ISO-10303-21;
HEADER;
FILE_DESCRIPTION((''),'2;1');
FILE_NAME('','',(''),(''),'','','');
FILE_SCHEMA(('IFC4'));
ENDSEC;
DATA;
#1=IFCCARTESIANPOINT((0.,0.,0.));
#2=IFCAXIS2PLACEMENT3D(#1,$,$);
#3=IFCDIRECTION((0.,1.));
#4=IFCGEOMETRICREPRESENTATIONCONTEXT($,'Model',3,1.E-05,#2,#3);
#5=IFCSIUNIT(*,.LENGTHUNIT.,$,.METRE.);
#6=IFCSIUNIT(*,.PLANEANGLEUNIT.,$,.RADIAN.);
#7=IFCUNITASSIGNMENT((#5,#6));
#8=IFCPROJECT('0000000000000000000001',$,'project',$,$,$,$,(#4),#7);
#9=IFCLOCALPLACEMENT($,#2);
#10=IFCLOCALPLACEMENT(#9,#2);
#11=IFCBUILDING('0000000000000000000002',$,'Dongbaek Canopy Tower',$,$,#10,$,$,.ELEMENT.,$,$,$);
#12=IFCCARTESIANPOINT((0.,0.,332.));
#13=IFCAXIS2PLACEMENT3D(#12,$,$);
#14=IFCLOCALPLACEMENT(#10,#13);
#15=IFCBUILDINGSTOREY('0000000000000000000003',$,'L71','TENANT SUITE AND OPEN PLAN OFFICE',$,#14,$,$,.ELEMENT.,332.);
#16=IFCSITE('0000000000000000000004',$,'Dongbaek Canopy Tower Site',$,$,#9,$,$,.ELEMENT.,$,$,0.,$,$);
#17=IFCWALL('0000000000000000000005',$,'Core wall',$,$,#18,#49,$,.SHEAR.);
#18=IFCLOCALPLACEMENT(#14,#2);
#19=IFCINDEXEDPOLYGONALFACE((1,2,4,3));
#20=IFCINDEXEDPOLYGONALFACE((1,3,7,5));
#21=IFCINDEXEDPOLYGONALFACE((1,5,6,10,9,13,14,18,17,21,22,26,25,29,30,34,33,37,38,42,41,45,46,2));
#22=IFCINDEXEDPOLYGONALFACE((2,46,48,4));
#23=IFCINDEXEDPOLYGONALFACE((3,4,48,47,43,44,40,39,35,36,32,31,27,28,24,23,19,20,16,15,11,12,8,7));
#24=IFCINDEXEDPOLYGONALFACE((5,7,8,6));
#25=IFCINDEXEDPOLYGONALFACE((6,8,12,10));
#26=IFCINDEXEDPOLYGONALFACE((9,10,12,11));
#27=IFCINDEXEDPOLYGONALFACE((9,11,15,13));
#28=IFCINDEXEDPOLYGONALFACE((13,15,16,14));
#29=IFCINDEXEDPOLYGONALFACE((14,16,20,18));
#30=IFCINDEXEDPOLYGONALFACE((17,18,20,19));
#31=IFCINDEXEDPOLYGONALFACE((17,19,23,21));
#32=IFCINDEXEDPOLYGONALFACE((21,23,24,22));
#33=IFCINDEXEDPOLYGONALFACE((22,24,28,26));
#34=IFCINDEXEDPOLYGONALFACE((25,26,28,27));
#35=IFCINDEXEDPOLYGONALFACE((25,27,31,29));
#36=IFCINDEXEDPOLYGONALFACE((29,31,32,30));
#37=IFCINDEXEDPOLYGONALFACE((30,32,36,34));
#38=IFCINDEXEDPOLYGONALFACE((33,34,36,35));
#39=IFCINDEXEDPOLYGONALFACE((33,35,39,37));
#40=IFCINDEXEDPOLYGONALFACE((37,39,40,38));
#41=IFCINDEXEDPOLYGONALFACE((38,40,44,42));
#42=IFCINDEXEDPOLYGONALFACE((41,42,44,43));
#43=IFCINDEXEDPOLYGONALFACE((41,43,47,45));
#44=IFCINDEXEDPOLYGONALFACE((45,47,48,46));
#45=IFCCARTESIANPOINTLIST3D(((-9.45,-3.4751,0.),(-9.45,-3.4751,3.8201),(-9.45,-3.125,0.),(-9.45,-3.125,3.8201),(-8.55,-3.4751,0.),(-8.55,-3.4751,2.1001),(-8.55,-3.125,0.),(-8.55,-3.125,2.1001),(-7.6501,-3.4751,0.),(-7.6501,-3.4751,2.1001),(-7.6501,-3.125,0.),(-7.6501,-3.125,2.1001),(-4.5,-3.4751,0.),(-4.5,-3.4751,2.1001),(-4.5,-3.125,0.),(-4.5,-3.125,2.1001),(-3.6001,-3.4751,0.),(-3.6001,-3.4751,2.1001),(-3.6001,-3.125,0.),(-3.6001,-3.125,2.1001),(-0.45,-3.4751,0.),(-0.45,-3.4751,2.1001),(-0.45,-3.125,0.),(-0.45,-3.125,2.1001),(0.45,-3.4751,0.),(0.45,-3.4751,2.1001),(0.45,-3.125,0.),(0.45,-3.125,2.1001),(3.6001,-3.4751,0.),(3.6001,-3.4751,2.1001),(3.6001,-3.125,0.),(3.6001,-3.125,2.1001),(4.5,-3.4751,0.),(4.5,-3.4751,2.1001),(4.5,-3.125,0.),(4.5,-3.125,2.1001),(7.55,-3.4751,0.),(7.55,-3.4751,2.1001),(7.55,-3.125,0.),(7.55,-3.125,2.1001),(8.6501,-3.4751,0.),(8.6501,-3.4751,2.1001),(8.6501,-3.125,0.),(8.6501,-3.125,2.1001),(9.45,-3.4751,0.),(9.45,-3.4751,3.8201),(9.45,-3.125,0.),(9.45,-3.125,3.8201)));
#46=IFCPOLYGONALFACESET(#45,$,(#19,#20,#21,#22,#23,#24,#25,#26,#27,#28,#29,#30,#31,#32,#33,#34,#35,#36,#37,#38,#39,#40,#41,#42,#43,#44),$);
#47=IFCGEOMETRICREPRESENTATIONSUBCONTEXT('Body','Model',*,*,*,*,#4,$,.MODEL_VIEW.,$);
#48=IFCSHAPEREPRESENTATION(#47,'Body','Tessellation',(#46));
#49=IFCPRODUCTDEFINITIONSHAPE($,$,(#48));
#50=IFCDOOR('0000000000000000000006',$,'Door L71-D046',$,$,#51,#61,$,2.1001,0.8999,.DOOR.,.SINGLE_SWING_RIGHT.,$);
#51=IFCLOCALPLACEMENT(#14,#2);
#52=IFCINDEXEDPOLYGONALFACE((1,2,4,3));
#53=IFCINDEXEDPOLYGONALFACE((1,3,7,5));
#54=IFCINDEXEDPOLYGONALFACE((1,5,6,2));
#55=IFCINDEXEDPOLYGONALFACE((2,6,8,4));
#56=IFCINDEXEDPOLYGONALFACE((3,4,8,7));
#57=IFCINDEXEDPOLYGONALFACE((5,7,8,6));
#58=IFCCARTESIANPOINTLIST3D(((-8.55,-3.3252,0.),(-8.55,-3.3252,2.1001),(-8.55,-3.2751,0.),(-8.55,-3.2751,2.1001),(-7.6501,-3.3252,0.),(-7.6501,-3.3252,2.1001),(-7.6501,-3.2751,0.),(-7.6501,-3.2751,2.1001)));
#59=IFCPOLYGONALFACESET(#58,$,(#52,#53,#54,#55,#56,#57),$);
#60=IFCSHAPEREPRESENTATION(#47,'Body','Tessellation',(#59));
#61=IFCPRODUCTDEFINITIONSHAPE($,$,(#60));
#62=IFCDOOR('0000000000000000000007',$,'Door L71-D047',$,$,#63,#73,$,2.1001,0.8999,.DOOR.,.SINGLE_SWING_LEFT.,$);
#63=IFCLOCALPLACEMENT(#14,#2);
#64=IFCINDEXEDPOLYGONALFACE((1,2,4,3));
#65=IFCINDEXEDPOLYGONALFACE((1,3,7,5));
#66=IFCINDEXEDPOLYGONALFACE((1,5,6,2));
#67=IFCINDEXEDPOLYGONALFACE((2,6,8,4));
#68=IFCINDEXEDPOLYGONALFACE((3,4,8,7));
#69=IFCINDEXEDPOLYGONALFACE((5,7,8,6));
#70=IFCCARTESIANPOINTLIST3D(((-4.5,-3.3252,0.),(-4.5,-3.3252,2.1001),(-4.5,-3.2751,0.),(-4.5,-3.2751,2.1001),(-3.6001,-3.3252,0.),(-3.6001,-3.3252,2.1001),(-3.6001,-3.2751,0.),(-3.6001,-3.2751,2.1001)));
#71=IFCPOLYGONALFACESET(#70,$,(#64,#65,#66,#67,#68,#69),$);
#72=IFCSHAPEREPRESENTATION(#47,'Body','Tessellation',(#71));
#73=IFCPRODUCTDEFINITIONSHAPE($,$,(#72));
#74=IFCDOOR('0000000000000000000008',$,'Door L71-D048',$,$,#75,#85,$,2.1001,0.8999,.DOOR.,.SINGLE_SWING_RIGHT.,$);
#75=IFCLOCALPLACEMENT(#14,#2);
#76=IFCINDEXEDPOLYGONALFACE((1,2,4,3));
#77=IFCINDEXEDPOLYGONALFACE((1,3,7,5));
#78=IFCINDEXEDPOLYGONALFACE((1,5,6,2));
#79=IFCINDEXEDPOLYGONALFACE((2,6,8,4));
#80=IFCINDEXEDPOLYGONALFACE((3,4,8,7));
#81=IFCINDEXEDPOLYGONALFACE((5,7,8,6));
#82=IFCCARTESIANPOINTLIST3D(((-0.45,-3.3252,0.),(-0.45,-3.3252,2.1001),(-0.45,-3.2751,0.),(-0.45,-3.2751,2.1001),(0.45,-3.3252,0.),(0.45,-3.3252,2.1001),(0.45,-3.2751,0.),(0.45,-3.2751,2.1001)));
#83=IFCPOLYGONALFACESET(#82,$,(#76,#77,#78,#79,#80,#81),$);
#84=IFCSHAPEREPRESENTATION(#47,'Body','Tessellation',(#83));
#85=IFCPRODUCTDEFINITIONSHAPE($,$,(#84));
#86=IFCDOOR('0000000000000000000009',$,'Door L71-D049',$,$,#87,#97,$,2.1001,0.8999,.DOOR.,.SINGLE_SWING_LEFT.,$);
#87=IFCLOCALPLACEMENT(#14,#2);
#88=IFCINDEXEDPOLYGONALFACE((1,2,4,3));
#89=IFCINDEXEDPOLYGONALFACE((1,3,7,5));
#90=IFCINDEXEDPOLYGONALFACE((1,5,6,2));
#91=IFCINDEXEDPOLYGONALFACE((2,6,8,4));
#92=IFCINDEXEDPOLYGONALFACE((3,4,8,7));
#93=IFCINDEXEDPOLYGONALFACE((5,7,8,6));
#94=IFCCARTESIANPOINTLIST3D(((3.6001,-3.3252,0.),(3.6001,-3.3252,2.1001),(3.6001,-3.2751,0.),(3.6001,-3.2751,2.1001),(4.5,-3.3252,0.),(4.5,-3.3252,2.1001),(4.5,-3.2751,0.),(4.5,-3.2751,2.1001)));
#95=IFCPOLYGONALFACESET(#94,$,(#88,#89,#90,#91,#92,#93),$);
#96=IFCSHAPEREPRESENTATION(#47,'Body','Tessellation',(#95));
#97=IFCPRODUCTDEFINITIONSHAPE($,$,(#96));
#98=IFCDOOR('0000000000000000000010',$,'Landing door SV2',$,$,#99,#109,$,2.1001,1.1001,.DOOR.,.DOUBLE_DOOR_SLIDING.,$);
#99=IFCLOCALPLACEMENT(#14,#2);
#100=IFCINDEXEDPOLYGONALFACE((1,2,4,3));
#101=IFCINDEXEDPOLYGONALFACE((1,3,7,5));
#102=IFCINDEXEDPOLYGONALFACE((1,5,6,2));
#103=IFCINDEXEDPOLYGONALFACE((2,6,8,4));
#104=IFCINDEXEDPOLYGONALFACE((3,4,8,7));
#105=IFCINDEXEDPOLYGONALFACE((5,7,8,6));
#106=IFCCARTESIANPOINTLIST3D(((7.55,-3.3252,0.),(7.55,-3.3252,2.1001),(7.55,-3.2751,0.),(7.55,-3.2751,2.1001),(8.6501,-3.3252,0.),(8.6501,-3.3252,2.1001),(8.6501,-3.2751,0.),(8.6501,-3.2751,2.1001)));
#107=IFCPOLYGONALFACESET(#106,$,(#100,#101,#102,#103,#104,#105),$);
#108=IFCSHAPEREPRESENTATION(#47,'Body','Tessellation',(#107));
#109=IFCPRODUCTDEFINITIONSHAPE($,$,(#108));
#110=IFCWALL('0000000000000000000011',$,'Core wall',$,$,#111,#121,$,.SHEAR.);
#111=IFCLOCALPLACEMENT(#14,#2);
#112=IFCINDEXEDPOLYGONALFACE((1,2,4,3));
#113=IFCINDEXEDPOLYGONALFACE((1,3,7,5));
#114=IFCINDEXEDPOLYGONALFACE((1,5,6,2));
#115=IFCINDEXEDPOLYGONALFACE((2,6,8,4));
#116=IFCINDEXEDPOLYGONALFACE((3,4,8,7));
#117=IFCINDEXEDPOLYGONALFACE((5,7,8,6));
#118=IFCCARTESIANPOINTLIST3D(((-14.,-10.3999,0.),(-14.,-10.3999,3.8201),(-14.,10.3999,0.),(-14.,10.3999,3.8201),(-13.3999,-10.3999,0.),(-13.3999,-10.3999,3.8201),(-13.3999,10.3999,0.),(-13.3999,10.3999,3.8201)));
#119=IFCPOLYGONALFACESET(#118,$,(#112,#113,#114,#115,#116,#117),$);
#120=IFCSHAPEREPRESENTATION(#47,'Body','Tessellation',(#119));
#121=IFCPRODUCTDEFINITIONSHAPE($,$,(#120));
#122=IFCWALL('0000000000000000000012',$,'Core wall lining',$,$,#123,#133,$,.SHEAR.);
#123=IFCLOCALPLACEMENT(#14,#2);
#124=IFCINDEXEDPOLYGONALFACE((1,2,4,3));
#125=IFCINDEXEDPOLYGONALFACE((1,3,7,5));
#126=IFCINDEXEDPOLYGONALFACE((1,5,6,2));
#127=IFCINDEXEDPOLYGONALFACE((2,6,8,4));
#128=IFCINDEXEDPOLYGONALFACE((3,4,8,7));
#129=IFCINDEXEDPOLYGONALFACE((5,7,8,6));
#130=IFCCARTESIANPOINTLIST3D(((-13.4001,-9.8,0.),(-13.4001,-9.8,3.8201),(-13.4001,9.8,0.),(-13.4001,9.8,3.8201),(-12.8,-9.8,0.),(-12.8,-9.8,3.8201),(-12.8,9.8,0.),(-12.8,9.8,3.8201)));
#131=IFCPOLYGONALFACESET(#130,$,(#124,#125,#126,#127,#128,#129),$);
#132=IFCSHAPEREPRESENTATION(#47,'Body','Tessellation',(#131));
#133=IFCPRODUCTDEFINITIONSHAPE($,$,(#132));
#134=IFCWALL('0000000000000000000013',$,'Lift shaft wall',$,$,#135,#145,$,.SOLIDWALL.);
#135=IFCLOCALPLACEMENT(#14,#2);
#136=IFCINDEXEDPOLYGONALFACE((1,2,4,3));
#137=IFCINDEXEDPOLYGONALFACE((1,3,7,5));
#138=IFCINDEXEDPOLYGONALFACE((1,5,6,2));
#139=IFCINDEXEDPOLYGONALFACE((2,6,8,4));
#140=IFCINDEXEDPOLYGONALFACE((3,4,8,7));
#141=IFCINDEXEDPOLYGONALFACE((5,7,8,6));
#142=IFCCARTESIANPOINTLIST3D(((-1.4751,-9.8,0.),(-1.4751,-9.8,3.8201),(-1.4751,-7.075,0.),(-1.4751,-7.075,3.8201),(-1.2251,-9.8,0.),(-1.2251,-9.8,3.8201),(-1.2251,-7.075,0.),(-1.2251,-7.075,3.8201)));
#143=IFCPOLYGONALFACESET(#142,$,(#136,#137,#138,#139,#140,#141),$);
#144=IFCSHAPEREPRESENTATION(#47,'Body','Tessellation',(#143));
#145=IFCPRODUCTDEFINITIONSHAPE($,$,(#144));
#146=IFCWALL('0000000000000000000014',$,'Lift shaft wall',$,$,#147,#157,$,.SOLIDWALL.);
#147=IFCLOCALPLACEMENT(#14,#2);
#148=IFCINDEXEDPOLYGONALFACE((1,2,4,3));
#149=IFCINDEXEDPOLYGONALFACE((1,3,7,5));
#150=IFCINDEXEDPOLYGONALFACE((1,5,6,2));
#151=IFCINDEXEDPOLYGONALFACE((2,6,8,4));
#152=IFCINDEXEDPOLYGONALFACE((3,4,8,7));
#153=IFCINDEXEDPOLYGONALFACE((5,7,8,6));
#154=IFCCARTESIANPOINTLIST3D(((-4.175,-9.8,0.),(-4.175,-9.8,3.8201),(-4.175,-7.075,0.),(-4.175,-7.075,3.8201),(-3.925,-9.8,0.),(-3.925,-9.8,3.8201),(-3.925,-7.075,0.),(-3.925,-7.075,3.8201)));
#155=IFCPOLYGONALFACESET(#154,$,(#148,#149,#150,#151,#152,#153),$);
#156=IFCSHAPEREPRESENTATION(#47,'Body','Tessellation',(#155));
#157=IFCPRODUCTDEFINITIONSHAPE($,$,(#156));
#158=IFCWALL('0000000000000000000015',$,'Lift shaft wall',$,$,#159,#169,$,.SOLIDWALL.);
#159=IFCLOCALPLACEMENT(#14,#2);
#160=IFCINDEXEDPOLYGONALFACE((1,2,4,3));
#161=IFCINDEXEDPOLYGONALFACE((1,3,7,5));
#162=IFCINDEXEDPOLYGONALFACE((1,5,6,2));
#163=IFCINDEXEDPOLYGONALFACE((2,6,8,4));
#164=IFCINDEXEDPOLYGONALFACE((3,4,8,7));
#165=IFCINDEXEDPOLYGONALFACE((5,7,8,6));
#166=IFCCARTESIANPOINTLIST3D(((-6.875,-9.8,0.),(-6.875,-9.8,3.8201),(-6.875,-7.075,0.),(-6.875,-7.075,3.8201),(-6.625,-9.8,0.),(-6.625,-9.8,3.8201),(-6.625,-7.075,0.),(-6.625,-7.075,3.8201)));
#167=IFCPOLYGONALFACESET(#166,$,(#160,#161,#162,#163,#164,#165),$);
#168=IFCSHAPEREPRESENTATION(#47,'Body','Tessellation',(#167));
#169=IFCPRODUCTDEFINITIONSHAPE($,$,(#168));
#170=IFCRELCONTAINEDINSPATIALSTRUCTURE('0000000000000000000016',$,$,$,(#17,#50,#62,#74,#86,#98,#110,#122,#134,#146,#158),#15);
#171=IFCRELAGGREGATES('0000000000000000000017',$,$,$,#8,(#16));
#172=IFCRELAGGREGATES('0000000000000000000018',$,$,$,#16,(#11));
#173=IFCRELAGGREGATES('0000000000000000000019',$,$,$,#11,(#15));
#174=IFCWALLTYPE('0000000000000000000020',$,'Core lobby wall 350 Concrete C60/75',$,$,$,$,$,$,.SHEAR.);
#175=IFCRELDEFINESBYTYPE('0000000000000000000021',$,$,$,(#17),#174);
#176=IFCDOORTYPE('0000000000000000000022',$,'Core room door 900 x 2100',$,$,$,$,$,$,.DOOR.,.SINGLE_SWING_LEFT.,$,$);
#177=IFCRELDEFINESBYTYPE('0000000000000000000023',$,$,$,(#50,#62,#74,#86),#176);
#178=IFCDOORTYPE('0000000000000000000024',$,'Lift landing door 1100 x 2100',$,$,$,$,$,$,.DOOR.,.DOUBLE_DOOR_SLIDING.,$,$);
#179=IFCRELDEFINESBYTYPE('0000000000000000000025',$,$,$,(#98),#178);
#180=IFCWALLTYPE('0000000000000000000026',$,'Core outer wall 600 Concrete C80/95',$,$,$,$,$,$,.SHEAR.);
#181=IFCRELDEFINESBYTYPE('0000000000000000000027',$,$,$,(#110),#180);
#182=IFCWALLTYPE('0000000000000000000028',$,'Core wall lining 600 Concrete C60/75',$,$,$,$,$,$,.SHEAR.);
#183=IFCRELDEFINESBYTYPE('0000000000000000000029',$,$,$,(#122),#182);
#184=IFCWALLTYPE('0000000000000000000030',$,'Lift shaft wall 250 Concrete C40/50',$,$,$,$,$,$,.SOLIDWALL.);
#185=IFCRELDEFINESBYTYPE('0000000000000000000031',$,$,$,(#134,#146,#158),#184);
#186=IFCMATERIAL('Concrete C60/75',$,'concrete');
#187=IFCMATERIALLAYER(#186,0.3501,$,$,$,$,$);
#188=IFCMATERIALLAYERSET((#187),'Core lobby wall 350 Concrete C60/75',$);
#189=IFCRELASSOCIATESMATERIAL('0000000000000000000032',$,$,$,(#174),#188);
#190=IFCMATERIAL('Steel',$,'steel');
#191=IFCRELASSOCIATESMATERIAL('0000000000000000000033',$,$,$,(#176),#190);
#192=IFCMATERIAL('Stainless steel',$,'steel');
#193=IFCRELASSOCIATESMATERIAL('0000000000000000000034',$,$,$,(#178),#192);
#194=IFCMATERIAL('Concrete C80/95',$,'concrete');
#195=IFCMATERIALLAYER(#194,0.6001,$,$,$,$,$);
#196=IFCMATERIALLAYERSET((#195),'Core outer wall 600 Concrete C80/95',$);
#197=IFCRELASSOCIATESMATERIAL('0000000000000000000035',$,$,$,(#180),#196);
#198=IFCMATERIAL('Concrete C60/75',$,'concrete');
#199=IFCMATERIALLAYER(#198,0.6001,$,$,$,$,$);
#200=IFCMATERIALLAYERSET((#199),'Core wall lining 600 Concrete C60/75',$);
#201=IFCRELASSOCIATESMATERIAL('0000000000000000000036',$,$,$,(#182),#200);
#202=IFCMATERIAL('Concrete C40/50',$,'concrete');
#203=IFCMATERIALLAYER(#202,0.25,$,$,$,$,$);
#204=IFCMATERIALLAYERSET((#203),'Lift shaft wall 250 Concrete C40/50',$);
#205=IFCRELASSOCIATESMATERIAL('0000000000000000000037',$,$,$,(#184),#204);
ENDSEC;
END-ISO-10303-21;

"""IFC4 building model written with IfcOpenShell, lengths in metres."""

from ifc_helpers import new_model, si_unit, direction, frame, frame_2d, origin, place, context, subcontext, project, spatial, rectangle, extrude, material, layer, layer_set, type_object, element, fill, save


model = new_model("IFC4")

# Units and contexts
model_context = context("Model", 3, precision=1e-05, world=origin(), true_north=direction((0.0, 1.0)))
body_context = subcontext(model_context, "Body", "Model", "MODEL_VIEW")
ifc_project = project(units=[si_unit("LENGTHUNIT", "METRE"), si_unit("PLANEANGLEUNIT", "RADIAN")], contexts=[model_context])

# Site, building, storey
site_placement = place(None, origin())
site = spatial("IfcSite", under=ifc_project, at=site_placement, Name="Dongbaek Canopy Tower Site", CompositionType="ELEMENT", RefElevation=0.0)
building_placement = place(site_placement, origin())
building = spatial("IfcBuilding", under=site, at=building_placement, Name="Dongbaek Canopy Tower", CompositionType="ELEMENT")
storey_placement = place(building_placement, frame((0.0, 0.0, 332.0)))
storey = spatial("IfcBuildingStorey", under=building, at=storey_placement, Name="L71", Description="TENANT SUITE AND OPEN PLAN OFFICE", CompositionType="ELEMENT", Elevation=332.0)

# Wall, openings, doors
ifc_material_1 = material(Name="Concrete C60/75", Category="concrete")
ifc_layer_1 = layer(ifc_material_1, 0.3501)
ifc_layer_set_1 = layer_set([ifc_layer_1], Name="Core lobby wall 350 Concrete C60/75")
wall_type_1 = type_object("IfcWallType", Name="Core lobby wall 350 Concrete C60/75", PredefinedType="SHEAR", material=ifc_layer_set_1)
wall_1_placement = place(storey_placement, frame((-9.45, -3.3, 0.0), z_axis=(0.0, 0.0, 1.0), x_axis=(1.0, 0.0, 0.0)))
wall_1 = element("IfcWall", 1, at=wall_1_placement, inside=storey, type_object=wall_type_1, Name="Core wall", PredefinedType="SHEAR", context=body_context, shape_type="SweptSolid", body=[
    extrude(rectangle(XDim=18.8999, YDim=0.3501, at=frame_2d((9.45, 0.0))), origin(), (0.0, 0.0, 1.0), 3.8201),
])
opening_1_placement = place(wall_1_placement, frame((17.0, 0.0, 0.0)))
opening_1 = element("IfcOpeningElement", 2, at=opening_1_placement, cuts=wall_1, PredefinedType="OPENING", context=body_context, shape_type="SweptSolid", body=[
    extrude(rectangle(XDim=1.1001, YDim=2.1001, at=frame_2d((0.55, 1.05))), frame((0.0, 0.1851, 0.0), z_axis=(0.0, -1.0, 0.0), x_axis=(1.0, 0.0, 0.0)), (0.0, 0.0, 1.0), 0.3701),
])
opening_2_placement = place(wall_1_placement, frame((0.8999, 0.0, 0.0)))
opening_2 = element("IfcOpeningElement", 3, at=opening_2_placement, cuts=wall_1, PredefinedType="OPENING", context=body_context, shape_type="SweptSolid", body=[
    extrude(rectangle(XDim=0.8999, YDim=2.1001, at=frame_2d((0.45, 1.05))), frame((0.0, 0.1851, 0.0), z_axis=(0.0, -1.0, 0.0), x_axis=(1.0, 0.0, 0.0)), (0.0, 0.0, 1.0), 0.3701),
])
opening_3_placement = place(wall_1_placement, frame((4.95, 0.0, 0.0)))
opening_3 = element("IfcOpeningElement", 4, at=opening_3_placement, cuts=wall_1, PredefinedType="OPENING", context=body_context, shape_type="SweptSolid", body=[
    extrude(rectangle(XDim=0.8999, YDim=2.1001, at=frame_2d((0.45, 1.05))), frame((0.0, 0.1851, 0.0), z_axis=(0.0, -1.0, 0.0), x_axis=(1.0, 0.0, 0.0)), (0.0, 0.0, 1.0), 0.3701),
])
opening_4_placement = place(wall_1_placement, frame((9.0, 0.0, 0.0)))
opening_4 = element("IfcOpeningElement", 5, at=opening_4_placement, cuts=wall_1, PredefinedType="OPENING", context=body_context, shape_type="SweptSolid", body=[
    extrude(rectangle(XDim=0.8999, YDim=2.1001, at=frame_2d((0.45, 1.05))), frame((0.0, 0.1851, 0.0), z_axis=(0.0, -1.0, 0.0), x_axis=(1.0, 0.0, 0.0)), (0.0, 0.0, 1.0), 0.3701),
])
opening_5_placement = place(wall_1_placement, frame((13.05, 0.0, 0.0)))
opening_5 = element("IfcOpeningElement", 6, at=opening_5_placement, cuts=wall_1, PredefinedType="OPENING", context=body_context, shape_type="SweptSolid", body=[
    extrude(rectangle(XDim=0.8999, YDim=2.1001, at=frame_2d((0.45, 1.05))), frame((0.0, 0.1851, 0.0), z_axis=(0.0, -1.0, 0.0), x_axis=(1.0, 0.0, 0.0)), (0.0, 0.0, 1.0), 0.3701),
])
ifc_material_2 = material(Name="Steel", Category="steel")
door_type_1 = type_object("IfcDoorType", Name="Core room door 900 x 2100", OperationType="SINGLE_SWING_LEFT", PredefinedType="DOOR", material=ifc_material_2)
door_1_placement = place(opening_2_placement, origin())
door_1 = element("IfcDoor", 7, at=door_1_placement, inside=storey, type_object=door_type_1, Name="Door L71-D046", OperationType="SINGLE_SWING_RIGHT", OverallHeight=2.1001, OverallWidth=0.8999, PredefinedType="DOOR", context=body_context, shape_type="SweptSolid", body=[
    extrude(rectangle(XDim=0.8999, YDim=2.1001, at=frame_2d((0.45, 1.05))), frame((0.0, 0.0249, 0.0), z_axis=(0.0, -1.0, 0.0), x_axis=(1.0, 0.0, 0.0)), (0.0, 0.0, 1.0), 0.05),
])
fill(opening_2, door_1)
door_2_placement = place(opening_3_placement, origin())
door_2 = element("IfcDoor", 8, at=door_2_placement, inside=storey, type_object=door_type_1, Name="Door L71-D047", OperationType="SINGLE_SWING_LEFT", OverallHeight=2.1001, OverallWidth=0.8999, PredefinedType="DOOR", context=body_context, shape_type="SweptSolid", body=[
    extrude(rectangle(XDim=0.8999, YDim=2.1001, at=frame_2d((0.45, 1.05))), frame((0.0, 0.0249, 0.0), z_axis=(0.0, -1.0, 0.0), x_axis=(1.0, 0.0, 0.0)), (0.0, 0.0, 1.0), 0.05),
])
fill(opening_3, door_2)
door_3_placement = place(opening_4_placement, origin())
door_3 = element("IfcDoor", 9, at=door_3_placement, inside=storey, type_object=door_type_1, Name="Door L71-D048", OperationType="SINGLE_SWING_RIGHT", OverallHeight=2.1001, OverallWidth=0.8999, PredefinedType="DOOR", context=body_context, shape_type="SweptSolid", body=[
    extrude(rectangle(XDim=0.8999, YDim=2.1001, at=frame_2d((0.45, 1.05))), frame((0.0, 0.0249, 0.0), z_axis=(0.0, -1.0, 0.0), x_axis=(1.0, 0.0, 0.0)), (0.0, 0.0, 1.0), 0.05),
])
fill(opening_4, door_3)
door_4_placement = place(opening_5_placement, origin())
door_4 = element("IfcDoor", 10, at=door_4_placement, inside=storey, type_object=door_type_1, Name="Door L71-D049", OperationType="SINGLE_SWING_LEFT", OverallHeight=2.1001, OverallWidth=0.8999, PredefinedType="DOOR", context=body_context, shape_type="SweptSolid", body=[
    extrude(rectangle(XDim=0.8999, YDim=2.1001, at=frame_2d((0.45, 1.05))), frame((0.0, 0.0249, 0.0), z_axis=(0.0, -1.0, 0.0), x_axis=(1.0, 0.0, 0.0)), (0.0, 0.0, 1.0), 0.05),
])
fill(opening_5, door_4)
ifc_material_3 = material(Name="Stainless steel", Category="steel")
door_type_2 = type_object("IfcDoorType", Name="Lift landing door 1100 x 2100", OperationType="DOUBLE_DOOR_SLIDING", PredefinedType="DOOR", material=ifc_material_3)
door_5_placement = place(opening_1_placement, origin())
door_5 = element("IfcDoor", 11, at=door_5_placement, inside=storey, type_object=door_type_2, Name="Landing door SV2", OperationType="DOUBLE_DOOR_SLIDING", OverallHeight=2.1001, OverallWidth=1.1001, PredefinedType="DOOR", context=body_context, shape_type="SweptSolid", body=[
    extrude(rectangle(XDim=1.1001, YDim=2.1001, at=frame_2d((0.55, 1.05))), frame((0.0, 0.0249, 0.0), z_axis=(0.0, -1.0, 0.0), x_axis=(1.0, 0.0, 0.0)), (0.0, 0.0, 1.0), 0.05),
])
fill(opening_1, door_5)

# Walls
ifc_material_4 = material(Name="Concrete C80/95", Category="concrete")
ifc_layer_2 = layer(ifc_material_4, 0.6001)
ifc_layer_set_2 = layer_set([ifc_layer_2], Name="Core outer wall 600 Concrete C80/95")
wall_type_2 = type_object("IfcWallType", Name="Core outer wall 600 Concrete C80/95", PredefinedType="SHEAR", material=ifc_layer_set_2)
wall_2_placement = place(storey_placement, frame((-13.7, -10.3999, 0.0), z_axis=(0.0, 0.0, 1.0), x_axis=(0.0, 1.0, 0.0)))
element("IfcWall", 12, at=wall_2_placement, inside=storey, type_object=wall_type_2, Name="Core wall", PredefinedType="SHEAR", context=body_context, shape_type="SweptSolid", body=[
    extrude(rectangle(XDim=20.7998, YDim=0.6001, at=frame_2d((10.3999, 0.0))), origin(), (0.0, 0.0, 1.0), 3.8201),
])
ifc_material_5 = material(Name="Concrete C60/75", Category="concrete")
ifc_layer_3 = layer(ifc_material_5, 0.6001)
ifc_layer_set_3 = layer_set([ifc_layer_3], Name="Core wall lining 600 Concrete C60/75")
wall_type_3 = type_object("IfcWallType", Name="Core wall lining 600 Concrete C60/75", PredefinedType="SHEAR", material=ifc_layer_set_3)
wall_3_placement = place(storey_placement, frame((-13.1001, -9.8, 0.0), z_axis=(0.0, 0.0, 1.0), x_axis=(0.0, 1.0, 0.0)))
element("IfcWall", 13, at=wall_3_placement, inside=storey, type_object=wall_type_3, Name="Core wall lining", PredefinedType="SHEAR", context=body_context, shape_type="SweptSolid", body=[
    extrude(rectangle(XDim=19.6001, YDim=0.6001, at=frame_2d((9.8, 0.0))), origin(), (0.0, 0.0, 1.0), 3.8201),
])
ifc_material_6 = material(Name="Concrete C40/50", Category="concrete")
ifc_layer_4 = layer(ifc_material_6, 0.25)
ifc_layer_set_4 = layer_set([ifc_layer_4], Name="Lift shaft wall 250 Concrete C40/50")
wall_type_4 = type_object("IfcWallType", Name="Lift shaft wall 250 Concrete C40/50", PredefinedType="SOLIDWALL", material=ifc_layer_set_4)
for number, where, z_axis, x_axis, name in (
    (14, (-1.3501, -9.8, 0.0), (0.0, 0.0, 1.0), (0.0, 1.0, 0.0), "Lift shaft wall"),
    (15, (-4.05, -9.8, 0.0), (0.0, 0.0, 1.0), (0.0, 1.0, 0.0), "Lift shaft wall"),
    (16, (-6.75, -9.8, 0.0), (0.0, 0.0, 1.0), (0.0, 1.0, 0.0), "Lift shaft wall"),
):
    element("IfcWall", number, at=place(storey_placement, frame(where, z_axis=z_axis, x_axis=x_axis)), inside=storey, type_object=wall_type_4, Name=name, PredefinedType="SOLIDWALL", context=body_context, shape_type="SweptSolid", body=[
        extrude(rectangle(XDim=2.7251, YDim=0.25, at=frame_2d((1.3625, 0.0))), origin(), (0.0, 0.0, 1.0), 3.8201),
    ])

save(model, "model.ifc")
